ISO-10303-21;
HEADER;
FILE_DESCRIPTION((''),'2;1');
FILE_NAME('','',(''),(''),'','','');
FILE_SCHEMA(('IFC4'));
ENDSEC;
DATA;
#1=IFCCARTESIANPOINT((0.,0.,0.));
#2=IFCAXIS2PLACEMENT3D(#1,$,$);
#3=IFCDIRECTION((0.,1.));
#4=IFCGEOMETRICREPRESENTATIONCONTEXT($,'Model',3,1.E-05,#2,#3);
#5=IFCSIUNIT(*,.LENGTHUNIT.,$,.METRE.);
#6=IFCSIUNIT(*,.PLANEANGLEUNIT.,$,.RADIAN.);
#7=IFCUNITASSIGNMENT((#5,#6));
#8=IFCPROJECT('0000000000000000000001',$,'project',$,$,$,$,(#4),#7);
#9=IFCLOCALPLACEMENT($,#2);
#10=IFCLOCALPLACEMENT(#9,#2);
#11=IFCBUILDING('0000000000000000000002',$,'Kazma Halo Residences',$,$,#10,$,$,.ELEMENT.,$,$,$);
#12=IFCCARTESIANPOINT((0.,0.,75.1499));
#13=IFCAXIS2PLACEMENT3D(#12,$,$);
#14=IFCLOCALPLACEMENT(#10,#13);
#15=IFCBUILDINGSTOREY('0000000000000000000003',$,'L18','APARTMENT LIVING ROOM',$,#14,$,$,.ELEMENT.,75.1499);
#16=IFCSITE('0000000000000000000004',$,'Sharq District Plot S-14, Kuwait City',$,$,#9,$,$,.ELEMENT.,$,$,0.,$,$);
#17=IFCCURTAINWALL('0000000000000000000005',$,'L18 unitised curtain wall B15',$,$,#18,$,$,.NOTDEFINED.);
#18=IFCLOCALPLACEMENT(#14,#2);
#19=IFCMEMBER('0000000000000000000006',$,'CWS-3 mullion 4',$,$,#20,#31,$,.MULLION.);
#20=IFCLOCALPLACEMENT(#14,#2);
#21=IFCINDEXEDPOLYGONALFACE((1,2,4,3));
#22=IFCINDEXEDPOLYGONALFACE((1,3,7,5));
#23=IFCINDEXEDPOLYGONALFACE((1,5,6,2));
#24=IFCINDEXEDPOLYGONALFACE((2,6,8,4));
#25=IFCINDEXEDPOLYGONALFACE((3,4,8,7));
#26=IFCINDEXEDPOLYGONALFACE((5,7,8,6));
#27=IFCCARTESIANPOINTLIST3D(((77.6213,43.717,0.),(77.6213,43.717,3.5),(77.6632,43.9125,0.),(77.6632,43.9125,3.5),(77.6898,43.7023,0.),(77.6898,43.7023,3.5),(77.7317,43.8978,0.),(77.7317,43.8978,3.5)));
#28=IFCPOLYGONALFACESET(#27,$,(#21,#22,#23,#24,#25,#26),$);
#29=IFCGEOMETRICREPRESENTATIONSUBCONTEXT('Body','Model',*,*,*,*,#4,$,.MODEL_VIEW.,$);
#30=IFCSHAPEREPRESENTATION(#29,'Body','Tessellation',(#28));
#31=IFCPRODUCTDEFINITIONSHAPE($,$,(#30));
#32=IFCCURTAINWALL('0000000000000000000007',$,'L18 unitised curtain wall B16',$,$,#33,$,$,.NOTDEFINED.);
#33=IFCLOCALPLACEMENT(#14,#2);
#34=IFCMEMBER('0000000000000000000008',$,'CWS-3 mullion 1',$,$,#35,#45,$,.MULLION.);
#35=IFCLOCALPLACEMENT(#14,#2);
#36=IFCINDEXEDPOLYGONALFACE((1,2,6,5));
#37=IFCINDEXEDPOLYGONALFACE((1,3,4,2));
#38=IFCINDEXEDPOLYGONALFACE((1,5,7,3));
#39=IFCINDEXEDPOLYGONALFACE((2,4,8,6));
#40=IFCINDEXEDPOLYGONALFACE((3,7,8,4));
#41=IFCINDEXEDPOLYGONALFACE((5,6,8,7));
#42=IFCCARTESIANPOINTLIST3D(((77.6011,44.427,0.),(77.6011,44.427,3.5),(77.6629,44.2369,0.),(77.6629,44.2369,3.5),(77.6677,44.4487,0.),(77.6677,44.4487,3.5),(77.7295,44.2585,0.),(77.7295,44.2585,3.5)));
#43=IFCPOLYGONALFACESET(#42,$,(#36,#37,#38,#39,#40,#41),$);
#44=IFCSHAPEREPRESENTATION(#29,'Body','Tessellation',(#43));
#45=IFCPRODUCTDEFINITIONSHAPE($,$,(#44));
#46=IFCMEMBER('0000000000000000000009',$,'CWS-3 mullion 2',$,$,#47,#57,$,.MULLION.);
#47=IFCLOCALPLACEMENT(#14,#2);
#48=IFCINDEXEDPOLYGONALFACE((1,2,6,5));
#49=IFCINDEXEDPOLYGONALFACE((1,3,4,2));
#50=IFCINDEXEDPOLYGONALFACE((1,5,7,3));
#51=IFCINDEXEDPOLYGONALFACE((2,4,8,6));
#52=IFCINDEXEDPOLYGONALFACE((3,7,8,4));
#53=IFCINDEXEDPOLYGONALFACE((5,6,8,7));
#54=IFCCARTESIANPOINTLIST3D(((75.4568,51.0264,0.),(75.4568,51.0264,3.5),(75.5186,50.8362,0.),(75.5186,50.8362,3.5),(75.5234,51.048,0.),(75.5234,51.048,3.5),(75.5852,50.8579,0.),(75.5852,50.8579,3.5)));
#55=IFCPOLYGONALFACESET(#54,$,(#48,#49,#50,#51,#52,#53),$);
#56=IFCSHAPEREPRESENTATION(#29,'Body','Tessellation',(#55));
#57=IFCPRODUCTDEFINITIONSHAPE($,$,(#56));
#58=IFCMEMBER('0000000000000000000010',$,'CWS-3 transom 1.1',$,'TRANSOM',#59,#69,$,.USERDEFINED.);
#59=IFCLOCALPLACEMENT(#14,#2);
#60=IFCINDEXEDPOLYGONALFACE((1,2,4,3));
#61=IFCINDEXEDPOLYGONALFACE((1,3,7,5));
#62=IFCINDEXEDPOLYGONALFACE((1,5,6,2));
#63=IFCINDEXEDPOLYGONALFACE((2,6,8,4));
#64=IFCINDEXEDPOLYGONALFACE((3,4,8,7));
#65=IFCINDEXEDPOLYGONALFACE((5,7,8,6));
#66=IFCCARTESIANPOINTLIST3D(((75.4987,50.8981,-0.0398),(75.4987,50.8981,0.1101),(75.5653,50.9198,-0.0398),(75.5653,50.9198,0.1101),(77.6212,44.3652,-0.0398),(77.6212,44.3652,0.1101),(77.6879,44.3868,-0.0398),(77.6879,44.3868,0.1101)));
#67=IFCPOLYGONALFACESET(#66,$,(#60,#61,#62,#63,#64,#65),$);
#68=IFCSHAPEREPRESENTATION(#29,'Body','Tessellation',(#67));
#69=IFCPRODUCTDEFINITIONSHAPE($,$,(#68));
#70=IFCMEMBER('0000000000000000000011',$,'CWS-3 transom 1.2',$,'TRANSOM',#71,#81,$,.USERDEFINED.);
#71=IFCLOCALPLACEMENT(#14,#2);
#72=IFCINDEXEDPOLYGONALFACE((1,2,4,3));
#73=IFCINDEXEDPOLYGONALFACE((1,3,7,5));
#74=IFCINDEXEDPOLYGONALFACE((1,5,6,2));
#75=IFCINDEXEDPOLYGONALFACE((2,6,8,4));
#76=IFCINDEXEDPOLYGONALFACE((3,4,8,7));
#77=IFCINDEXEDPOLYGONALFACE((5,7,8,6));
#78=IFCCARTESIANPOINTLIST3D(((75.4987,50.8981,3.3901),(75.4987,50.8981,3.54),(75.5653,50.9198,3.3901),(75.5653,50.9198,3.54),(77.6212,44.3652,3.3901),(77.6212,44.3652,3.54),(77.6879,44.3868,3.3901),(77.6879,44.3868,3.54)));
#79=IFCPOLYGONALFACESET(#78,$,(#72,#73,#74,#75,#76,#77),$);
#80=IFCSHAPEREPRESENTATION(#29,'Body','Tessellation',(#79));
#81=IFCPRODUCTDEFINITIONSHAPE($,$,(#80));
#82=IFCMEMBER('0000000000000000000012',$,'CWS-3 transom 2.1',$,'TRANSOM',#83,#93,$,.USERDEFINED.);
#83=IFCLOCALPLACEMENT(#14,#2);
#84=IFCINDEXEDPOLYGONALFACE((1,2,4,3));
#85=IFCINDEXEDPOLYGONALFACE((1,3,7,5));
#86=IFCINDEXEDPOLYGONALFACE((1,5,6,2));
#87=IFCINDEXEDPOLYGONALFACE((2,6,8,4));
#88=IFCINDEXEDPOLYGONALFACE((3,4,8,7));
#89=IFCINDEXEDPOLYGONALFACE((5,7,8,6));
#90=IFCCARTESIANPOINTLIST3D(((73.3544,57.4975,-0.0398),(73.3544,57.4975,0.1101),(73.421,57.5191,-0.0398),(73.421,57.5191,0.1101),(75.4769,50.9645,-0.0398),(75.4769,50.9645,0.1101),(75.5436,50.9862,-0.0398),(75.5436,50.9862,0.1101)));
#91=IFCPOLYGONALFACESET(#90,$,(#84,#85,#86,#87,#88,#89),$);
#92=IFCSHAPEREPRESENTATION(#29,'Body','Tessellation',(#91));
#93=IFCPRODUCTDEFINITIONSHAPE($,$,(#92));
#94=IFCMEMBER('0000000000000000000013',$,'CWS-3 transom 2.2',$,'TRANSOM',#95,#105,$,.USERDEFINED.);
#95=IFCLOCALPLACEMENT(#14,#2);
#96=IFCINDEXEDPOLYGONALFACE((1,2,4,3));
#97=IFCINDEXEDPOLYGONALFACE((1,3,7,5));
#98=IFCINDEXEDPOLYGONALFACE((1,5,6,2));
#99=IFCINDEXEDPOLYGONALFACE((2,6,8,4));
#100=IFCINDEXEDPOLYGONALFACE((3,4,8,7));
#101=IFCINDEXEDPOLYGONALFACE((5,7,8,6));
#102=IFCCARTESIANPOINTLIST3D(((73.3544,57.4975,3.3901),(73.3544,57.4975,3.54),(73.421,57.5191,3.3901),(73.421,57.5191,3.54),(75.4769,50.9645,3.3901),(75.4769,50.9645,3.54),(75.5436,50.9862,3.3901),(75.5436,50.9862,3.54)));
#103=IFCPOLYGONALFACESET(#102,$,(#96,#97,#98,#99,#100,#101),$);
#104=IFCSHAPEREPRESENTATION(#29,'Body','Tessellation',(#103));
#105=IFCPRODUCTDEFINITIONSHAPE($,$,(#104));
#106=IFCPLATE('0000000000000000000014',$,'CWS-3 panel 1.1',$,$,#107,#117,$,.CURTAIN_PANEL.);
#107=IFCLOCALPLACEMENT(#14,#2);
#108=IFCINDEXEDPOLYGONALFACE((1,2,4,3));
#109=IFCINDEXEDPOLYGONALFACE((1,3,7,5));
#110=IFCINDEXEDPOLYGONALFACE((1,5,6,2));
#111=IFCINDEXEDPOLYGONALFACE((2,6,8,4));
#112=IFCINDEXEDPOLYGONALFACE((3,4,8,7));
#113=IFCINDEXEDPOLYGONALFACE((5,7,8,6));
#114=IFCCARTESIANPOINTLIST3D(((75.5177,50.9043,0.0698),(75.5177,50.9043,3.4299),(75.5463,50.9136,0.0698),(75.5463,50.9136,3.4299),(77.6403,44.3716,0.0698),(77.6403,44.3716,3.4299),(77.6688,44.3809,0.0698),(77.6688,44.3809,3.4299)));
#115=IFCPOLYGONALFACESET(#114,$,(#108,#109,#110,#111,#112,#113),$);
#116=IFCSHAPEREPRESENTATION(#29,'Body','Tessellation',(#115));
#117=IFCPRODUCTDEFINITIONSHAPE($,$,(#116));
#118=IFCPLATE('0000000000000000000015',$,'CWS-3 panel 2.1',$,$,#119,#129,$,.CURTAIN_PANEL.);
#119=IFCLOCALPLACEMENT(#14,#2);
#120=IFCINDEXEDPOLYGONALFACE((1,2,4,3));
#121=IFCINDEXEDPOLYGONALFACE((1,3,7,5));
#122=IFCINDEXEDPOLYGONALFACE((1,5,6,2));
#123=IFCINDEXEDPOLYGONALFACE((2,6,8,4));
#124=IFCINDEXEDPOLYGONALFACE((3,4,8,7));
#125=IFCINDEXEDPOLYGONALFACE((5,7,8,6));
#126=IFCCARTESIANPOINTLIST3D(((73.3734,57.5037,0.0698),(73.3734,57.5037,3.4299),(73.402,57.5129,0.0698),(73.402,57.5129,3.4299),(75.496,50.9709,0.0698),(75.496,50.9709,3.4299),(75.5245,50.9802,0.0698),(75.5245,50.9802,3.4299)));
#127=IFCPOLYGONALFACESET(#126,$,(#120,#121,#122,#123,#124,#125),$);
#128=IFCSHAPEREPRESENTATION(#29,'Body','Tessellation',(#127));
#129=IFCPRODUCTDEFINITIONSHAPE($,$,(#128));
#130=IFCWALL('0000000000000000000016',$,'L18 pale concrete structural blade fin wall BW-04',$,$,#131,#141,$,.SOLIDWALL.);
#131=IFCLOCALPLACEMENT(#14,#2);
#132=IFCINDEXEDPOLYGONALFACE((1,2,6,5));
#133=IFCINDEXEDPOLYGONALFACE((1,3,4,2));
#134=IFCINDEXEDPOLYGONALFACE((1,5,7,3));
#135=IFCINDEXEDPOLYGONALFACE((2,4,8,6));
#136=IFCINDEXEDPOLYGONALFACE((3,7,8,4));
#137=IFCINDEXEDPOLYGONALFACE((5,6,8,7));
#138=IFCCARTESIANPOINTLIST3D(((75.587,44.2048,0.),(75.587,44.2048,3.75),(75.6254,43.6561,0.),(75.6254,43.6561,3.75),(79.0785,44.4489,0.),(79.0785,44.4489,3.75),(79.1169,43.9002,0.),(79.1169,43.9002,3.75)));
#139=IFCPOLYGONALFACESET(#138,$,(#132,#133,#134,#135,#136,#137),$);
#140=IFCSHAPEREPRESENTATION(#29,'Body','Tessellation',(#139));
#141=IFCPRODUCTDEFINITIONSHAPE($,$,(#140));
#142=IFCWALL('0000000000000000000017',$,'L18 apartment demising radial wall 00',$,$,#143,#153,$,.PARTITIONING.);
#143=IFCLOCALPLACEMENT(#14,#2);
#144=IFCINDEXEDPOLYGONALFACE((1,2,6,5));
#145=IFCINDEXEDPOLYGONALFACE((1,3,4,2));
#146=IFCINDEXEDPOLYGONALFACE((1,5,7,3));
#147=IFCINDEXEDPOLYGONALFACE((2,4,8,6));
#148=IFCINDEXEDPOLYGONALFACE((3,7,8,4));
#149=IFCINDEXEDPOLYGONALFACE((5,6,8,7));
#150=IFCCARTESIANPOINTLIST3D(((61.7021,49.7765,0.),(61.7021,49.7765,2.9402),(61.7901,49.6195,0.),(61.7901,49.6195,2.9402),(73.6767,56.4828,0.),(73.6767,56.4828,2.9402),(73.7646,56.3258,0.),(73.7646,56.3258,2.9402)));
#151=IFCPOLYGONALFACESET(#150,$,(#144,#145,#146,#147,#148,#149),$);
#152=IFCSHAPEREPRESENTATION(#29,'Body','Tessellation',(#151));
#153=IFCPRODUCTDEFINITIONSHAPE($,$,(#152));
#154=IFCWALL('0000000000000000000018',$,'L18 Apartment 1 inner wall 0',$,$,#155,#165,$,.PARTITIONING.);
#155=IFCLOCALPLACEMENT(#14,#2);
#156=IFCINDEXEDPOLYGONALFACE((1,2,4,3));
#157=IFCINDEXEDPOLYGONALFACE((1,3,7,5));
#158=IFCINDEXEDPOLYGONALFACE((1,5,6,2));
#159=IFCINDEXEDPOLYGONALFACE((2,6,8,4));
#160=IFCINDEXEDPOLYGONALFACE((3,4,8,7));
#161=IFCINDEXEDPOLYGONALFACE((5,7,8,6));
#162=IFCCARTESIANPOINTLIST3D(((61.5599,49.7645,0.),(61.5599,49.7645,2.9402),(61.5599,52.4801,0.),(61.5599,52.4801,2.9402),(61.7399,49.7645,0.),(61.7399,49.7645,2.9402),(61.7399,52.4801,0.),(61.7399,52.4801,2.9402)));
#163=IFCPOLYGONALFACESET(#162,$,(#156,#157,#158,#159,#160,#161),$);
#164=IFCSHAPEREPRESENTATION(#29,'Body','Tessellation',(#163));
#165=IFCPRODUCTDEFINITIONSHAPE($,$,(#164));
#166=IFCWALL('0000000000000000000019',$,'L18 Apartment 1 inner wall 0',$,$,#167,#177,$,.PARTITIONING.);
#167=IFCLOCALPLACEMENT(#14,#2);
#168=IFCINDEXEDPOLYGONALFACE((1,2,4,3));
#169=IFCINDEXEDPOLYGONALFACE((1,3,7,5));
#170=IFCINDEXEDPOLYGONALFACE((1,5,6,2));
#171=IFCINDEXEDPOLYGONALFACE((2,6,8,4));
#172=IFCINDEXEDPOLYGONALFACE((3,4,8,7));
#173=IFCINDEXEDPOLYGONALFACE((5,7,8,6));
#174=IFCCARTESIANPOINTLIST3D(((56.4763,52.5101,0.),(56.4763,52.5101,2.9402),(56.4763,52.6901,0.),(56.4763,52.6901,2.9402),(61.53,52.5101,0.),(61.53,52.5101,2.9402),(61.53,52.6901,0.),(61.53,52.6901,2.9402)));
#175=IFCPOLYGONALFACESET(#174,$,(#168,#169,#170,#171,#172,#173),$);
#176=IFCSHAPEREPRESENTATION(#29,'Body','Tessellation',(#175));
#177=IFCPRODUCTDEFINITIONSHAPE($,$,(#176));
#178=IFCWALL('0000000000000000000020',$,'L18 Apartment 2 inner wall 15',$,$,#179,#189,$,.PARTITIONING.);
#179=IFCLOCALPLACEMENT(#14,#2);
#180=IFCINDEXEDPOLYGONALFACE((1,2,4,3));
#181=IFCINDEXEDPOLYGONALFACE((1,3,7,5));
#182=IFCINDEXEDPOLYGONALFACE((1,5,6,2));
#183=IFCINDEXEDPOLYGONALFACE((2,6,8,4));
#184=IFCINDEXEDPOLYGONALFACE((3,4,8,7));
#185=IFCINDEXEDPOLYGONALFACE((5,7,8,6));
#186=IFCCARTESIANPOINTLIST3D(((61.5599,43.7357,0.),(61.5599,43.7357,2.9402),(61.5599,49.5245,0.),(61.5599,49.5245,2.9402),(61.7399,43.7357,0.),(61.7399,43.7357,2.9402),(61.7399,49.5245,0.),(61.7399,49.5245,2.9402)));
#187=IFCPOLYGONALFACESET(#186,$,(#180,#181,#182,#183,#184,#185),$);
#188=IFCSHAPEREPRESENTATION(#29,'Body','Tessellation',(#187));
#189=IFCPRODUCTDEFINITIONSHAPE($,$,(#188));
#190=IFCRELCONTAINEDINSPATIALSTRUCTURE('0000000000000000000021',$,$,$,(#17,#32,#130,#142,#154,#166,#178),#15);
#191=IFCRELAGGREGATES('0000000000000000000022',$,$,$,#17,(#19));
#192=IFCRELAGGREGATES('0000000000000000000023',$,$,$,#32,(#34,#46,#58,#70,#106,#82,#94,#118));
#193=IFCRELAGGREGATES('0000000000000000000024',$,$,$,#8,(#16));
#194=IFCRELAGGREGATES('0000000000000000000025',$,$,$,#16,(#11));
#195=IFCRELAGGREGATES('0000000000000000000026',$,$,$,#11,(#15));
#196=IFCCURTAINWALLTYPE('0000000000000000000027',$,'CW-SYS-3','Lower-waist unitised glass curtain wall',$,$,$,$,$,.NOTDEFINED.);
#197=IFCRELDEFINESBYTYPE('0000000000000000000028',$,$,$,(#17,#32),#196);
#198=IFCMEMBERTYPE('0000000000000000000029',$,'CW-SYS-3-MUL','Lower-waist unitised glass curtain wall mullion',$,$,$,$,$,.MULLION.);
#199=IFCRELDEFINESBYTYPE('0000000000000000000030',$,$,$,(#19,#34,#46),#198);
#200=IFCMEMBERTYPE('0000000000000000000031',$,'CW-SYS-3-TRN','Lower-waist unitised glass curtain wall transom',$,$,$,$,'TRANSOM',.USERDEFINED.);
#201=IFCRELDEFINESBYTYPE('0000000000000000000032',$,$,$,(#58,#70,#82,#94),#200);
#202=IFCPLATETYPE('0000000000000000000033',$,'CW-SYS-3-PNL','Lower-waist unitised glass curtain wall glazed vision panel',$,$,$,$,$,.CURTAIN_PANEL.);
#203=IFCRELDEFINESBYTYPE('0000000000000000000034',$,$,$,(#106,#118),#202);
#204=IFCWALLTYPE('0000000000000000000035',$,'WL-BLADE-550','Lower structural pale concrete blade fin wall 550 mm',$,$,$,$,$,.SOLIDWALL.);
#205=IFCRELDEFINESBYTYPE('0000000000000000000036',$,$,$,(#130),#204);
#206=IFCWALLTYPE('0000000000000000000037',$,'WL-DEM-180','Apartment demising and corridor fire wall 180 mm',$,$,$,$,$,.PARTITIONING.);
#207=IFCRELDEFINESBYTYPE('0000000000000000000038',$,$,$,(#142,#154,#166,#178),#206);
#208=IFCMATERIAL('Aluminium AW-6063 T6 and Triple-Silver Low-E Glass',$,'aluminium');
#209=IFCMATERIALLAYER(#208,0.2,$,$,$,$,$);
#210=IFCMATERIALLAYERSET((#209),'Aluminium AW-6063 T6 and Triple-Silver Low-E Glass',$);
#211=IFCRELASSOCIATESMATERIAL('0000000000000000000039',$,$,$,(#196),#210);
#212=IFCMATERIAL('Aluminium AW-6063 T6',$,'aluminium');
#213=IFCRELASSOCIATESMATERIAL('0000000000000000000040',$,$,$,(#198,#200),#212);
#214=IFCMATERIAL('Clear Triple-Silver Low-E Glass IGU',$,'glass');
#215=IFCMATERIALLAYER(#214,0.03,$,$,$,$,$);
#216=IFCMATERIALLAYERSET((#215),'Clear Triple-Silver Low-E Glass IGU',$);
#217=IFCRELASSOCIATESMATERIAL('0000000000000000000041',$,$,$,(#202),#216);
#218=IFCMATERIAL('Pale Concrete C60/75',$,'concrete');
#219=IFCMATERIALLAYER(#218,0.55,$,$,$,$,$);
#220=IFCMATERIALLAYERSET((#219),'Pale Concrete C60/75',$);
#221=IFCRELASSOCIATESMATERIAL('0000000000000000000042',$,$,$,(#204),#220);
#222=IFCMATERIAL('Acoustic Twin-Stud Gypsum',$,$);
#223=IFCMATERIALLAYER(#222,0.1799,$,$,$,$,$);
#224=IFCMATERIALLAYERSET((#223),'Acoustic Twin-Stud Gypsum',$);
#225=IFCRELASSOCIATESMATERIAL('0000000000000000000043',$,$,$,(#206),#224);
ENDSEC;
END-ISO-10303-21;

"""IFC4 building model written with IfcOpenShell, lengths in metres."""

from ifc_helpers import new_model, si_unit, direction, frame, frame_2d, origin, origin_2d, place, context, subcontext, project, spatial, rectangle, extrude, material, layer, layer_set, material_profile, profile_set, type_object, element, aggregate, save


model = new_model("IFC4")

# Units and contexts
model_context = context("Model", 3, precision=1e-05, world=origin(), true_north=direction((0.0, 1.0)))
body_context = subcontext(model_context, "Body", "Model", "MODEL_VIEW")
ifc_project = project(units=[si_unit("LENGTHUNIT", "METRE"), si_unit("PLANEANGLEUNIT", "RADIAN")], contexts=[model_context])

# Site, building, storey
site_placement = place(None, origin())
site = spatial("IfcSite", under=ifc_project, at=site_placement, Name="Sharq District Plot S-14, Kuwait City", CompositionType="ELEMENT", RefElevation=0.0)
building_placement = place(site_placement, origin())
building = spatial("IfcBuilding", under=site, at=building_placement, Name="Kazma Halo Residences", CompositionType="ELEMENT")
storey_placement = place(building_placement, frame((0.0, 0.0, 75.1499)))
storey = spatial("IfcBuildingStorey", under=building, at=storey_placement, Name="L18", Description="APARTMENT LIVING ROOM", CompositionType="ELEMENT", Elevation=75.1499)

# Curtain wall, member
ifc_material_1 = material(Name="Aluminium AW-6063 T6 and Triple-Silver Low-E Glass", Category="aluminium")
ifc_layer_1 = layer(ifc_material_1, 0.2)
ifc_layer_set_1 = layer_set([ifc_layer_1], Name="Aluminium AW-6063 T6 and Triple-Silver Low-E Glass")
curtain_wall_type = type_object("IfcCurtainWallType", Name="CW-SYS-3", Description="Lower-waist unitised glass curtain wall", PredefinedType="NOTDEFINED", material=ifc_layer_set_1)
curtain_wall_1_placement = place(storey_placement, origin())
curtain_wall_1 = element("IfcCurtainWall", 1, at=curtain_wall_1_placement, inside=storey, type_object=curtain_wall_type, Name="L18 unitised curtain wall B15", PredefinedType="NOTDEFINED")
ifc_material_2 = material(Name="Aluminium AW-6063 T6", Category="aluminium")
ifc_material_profile_1 = material_profile(ifc_material_2, rectangle(XDim=0.0701, YDim=0.2, at=origin_2d()), Name="CWM-70x200")
ifc_profile_set_1 = profile_set([ifc_material_profile_1], Name="Aluminium AW-6063 T6")
member_type_1 = type_object("IfcMemberType", Name="CW-SYS-3-MUL", Description="Lower-waist unitised glass curtain wall mullion", PredefinedType="MULLION", material=ifc_profile_set_1)
member_1_placement = place(storey_placement, frame((77.6765, 43.8074, 0.0), z_axis=(0.0, 0.0, 1.0), x_axis=(-0.977774, 0.209661, 0.0)))
member_1 = element("IfcMember", 2, at=member_1_placement, type_object=member_type_1, Name="CWS-3 mullion 4", PredefinedType="MULLION", context=body_context, shape_type="SweptSolid", body=[
    extrude(rectangle(XDim=0.0701, YDim=0.2, at=origin_2d()), origin(), (0.0, 0.0, 1.0), 3.5),
])
aggregate(curtain_wall_1, [member_1])

# Curtain wall, members, plates
curtain_wall_2_placement = place(storey_placement, origin())
curtain_wall_2 = element("IfcCurtainWall", 3, at=curtain_wall_2_placement, inside=storey, type_object=curtain_wall_type, Name="L18 unitised curtain wall B16", PredefinedType="NOTDEFINED")
member_2_placement = place(storey_placement, frame((77.6653, 44.3428, 0.0), z_axis=(0.0, 0.0, 1.0), x_axis=(-0.951058, -0.309013, 0.0)))
member_2 = element("IfcMember", 4, at=member_2_placement, type_object=member_type_1, Name="CWS-3 mullion 1", PredefinedType="MULLION", context=body_context, shape_type="SweptSolid", body=[
    extrude(rectangle(XDim=0.0701, YDim=0.2, at=origin_2d()), origin(), (0.0, 0.0, 1.0), 3.5),
])
member_3_placement = place(storey_placement, frame((75.521, 50.9421, 0.0), z_axis=(0.0, 0.0, 1.0), x_axis=(-0.951058, -0.309013, 0.0)))
member_3 = element("IfcMember", 5, at=member_3_placement, type_object=member_type_1, Name="CWS-3 mullion 2", PredefinedType="MULLION", context=body_context, shape_type="SweptSolid", body=[
    extrude(rectangle(XDim=0.0701, YDim=0.2, at=origin_2d()), origin(), (0.0, 0.0, 1.0), 3.5),
])
ifc_material_profile_2 = material_profile(ifc_material_2, rectangle(XDim=0.0701, YDim=0.1499, at=origin_2d()), Name="CWT-70x150")
ifc_profile_set_2 = profile_set([ifc_material_profile_2], Name="Aluminium AW-6063 T6")
member_type_2 = type_object("IfcMemberType", Name="CW-SYS-3-TRN", Description="Lower-waist unitised glass curtain wall transom", ElementType="TRANSOM", PredefinedType="USERDEFINED", material=ifc_profile_set_2)
member_4_placement = place(storey_placement, frame((77.6545, 44.376, 0.0352), z_axis=(-0.309, 0.951062, 0.0), x_axis=(-0.951062, -0.309, 0.0)))
member_4 = element("IfcMember", 6, at=member_4_placement, type_object=member_type_2, Name="CWS-3 transom 1.1", ObjectType="TRANSOM", PredefinedType="USERDEFINED", context=body_context, shape_type="SweptSolid", body=[
    extrude(rectangle(XDim=0.0701, YDim=0.1499, at=origin_2d()), origin(), (0.0, 0.0, 1.0), 6.8691),
])
member_5_placement = place(storey_placement, frame((77.6545, 44.376, 3.4651), z_axis=(-0.309, 0.951062, 0.0), x_axis=(-0.951062, -0.309, 0.0)))
member_5 = element("IfcMember", 7, at=member_5_placement, type_object=member_type_2, Name="CWS-3 transom 1.2", ObjectType="TRANSOM", PredefinedType="USERDEFINED", context=body_context, shape_type="SweptSolid", body=[
    extrude(rectangle(XDim=0.0701, YDim=0.1499, at=origin_2d()), origin(), (0.0, 0.0, 1.0), 6.8691),
])
member_6_placement = place(storey_placement, frame((75.5103, 50.9753, 0.0352), z_axis=(-0.309, 0.951062, 0.0), x_axis=(-0.951062, -0.309, 0.0)))
member_6 = element("IfcMember", 8, at=member_6_placement, type_object=member_type_2, Name="CWS-3 transom 2.1", ObjectType="TRANSOM", PredefinedType="USERDEFINED", context=body_context, shape_type="SweptSolid", body=[
    extrude(rectangle(XDim=0.0701, YDim=0.1499, at=origin_2d()), origin(), (0.0, 0.0, 1.0), 6.8691),
])
member_7_placement = place(storey_placement, frame((75.5103, 50.9753, 3.4651), z_axis=(-0.309, 0.951062, 0.0), x_axis=(-0.951062, -0.309, 0.0)))
member_7 = element("IfcMember", 9, at=member_7_placement, type_object=member_type_2, Name="CWS-3 transom 2.2", ObjectType="TRANSOM", PredefinedType="USERDEFINED", context=body_context, shape_type="SweptSolid", body=[
    extrude(rectangle(XDim=0.0701, YDim=0.1499, at=origin_2d()), origin(), (0.0, 0.0, 1.0), 6.8691),
])
ifc_material_3 = material(Name="Clear Triple-Silver Low-E Glass IGU", Category="glass")
ifc_layer_2 = layer(ifc_material_3, 0.03)
ifc_layer_set_2 = layer_set([ifc_layer_2], Name="Clear Triple-Silver Low-E Glass IGU")
plate_type = type_object("IfcPlateType", Name="CW-SYS-3-PNL", Description="Lower-waist unitised glass curtain wall glazed vision panel", PredefinedType="CURTAIN_PANEL", material=ifc_layer_set_2)
plate_1_placement = place(storey_placement, frame((76.5933, 47.6426, 0.0698), z_axis=(0.0, 0.0, 1.0), x_axis=(-0.309013, 0.951058, 0.0)))
plate_1 = element("IfcPlate", 10, at=plate_1_placement, type_object=plate_type, Name="CWS-3 panel 1.1", PredefinedType="CURTAIN_PANEL", context=body_context, shape_type="SweptSolid", body=[
    extrude(rectangle(XDim=6.8689, YDim=0.03, at=origin_2d()), origin(), (0.0, 0.0, 1.0), 3.3601),
])
plate_2_placement = place(storey_placement, frame((74.449, 54.2419, 0.0698), z_axis=(0.0, 0.0, 1.0), x_axis=(-0.309013, 0.951058, 0.0)))
plate_2 = element("IfcPlate", 11, at=plate_2_placement, type_object=plate_type, Name="CWS-3 panel 2.1", PredefinedType="CURTAIN_PANEL", context=body_context, shape_type="SweptSolid", body=[
    extrude(rectangle(XDim=6.8689, YDim=0.03, at=origin_2d()), origin(), (0.0, 0.0, 1.0), 3.3601),
])
aggregate(curtain_wall_2, [member_2, member_3, member_4, member_5, plate_1, member_6, member_7, plate_2])

# Walls
ifc_material_4 = material(Name="Pale Concrete C60/75", Category="concrete")
ifc_layer_3 = layer(ifc_material_4, 0.55)
ifc_layer_set_3 = layer_set([ifc_layer_3], Name="Pale Concrete C60/75")
wall_type_1 = type_object("IfcWallType", Name="WL-BLADE-550", Description="Lower structural pale concrete blade fin wall 550 mm", PredefinedType="SOLIDWALL", material=ifc_layer_set_3)
wall_1_placement = place(storey_placement, frame((75.6062, 43.9304, 0.0), z_axis=(0.0, 0.0, 1.0), x_axis=(0.997564, 0.069755, 0.0)))
element("IfcWall", 12, at=wall_1_placement, inside=storey, type_object=wall_type_1, Name="L18 pale concrete structural blade fin wall BW-04", PredefinedType="SOLIDWALL", context=body_context, shape_type="SweptSolid", body=[
    extrude(rectangle(XDim=3.5, YDim=0.55, at=frame_2d((1.75, 0.0))), origin(), (0.0, 0.0, 1.0), 3.75),
])
ifc_material_5 = material(Name="Acoustic Twin-Stud Gypsum")
ifc_layer_4 = layer(ifc_material_5, 0.1799)
ifc_layer_set_4 = layer_set([ifc_layer_4], Name="Acoustic Twin-Stud Gypsum")
wall_type_2 = type_object("IfcWallType", Name="WL-DEM-180", Description="Apartment demising and corridor fire wall 180 mm", PredefinedType="PARTITIONING", material=ifc_layer_set_4)
wall_2_placement = place(storey_placement, frame((61.7461, 49.698, 0.0), z_axis=(0.0, 0.0, 1.0), x_axis=(0.87249, 0.488632, 0.0)))
element("IfcWall", 13, at=wall_2_placement, inside=storey, type_object=wall_type_2, Name="L18 apartment demising radial wall 00", PredefinedType="PARTITIONING", context=body_context, shape_type="SweptSolid", body=[
    extrude(rectangle(XDim=13.7246, YDim=0.1799, at=frame_2d((6.8623, 0.0))), origin(), (0.0, 0.0, 1.0), 2.9402),
])
wall_3_placement = place(storey_placement, frame((61.6499, 49.7644, 0.0), z_axis=(0.0, 0.0, 1.0), x_axis=(0.0, 1.0, 0.0)))
element("IfcWall", 14, at=wall_3_placement, inside=storey, type_object=wall_type_2, Name="L18 Apartment 1 inner wall 0", PredefinedType="PARTITIONING", context=body_context, shape_type="SweptSolid", body=[
    extrude(rectangle(XDim=2.7156, YDim=0.1799, at=frame_2d((1.3579, 0.0))), origin(), (0.0, 0.0, 1.0), 2.9402),
])
wall_4_placement = place(storey_placement, frame((61.53, 52.6001, 0.0), z_axis=(0.0, 0.0, 1.0), x_axis=(-1.0, 0.0, 0.0)))
element("IfcWall", 15, at=wall_4_placement, inside=storey, type_object=wall_type_2, Name="L18 Apartment 1 inner wall 0", PredefinedType="PARTITIONING", context=body_context, shape_type="SweptSolid", body=[
    extrude(rectangle(XDim=5.0537, YDim=0.1799, at=frame_2d((2.5269, 0.0))), origin(), (0.0, 0.0, 1.0), 2.9402),
])
wall_5_placement = place(storey_placement, frame((61.6499, 43.7356, 0.0), z_axis=(0.0, 0.0, 1.0), x_axis=(0.0, 1.0, 0.0)))
element("IfcWall", 16, at=wall_5_placement, inside=storey, type_object=wall_type_2, Name="L18 Apartment 2 inner wall 15", PredefinedType="PARTITIONING", context=body_context, shape_type="SweptSolid", body=[
    extrude(rectangle(XDim=5.7888, YDim=0.1799, at=frame_2d((2.8945, 0.0))), origin(), (0.0, 0.0, 1.0), 2.9402),
])

save(model, "model.ifc")
